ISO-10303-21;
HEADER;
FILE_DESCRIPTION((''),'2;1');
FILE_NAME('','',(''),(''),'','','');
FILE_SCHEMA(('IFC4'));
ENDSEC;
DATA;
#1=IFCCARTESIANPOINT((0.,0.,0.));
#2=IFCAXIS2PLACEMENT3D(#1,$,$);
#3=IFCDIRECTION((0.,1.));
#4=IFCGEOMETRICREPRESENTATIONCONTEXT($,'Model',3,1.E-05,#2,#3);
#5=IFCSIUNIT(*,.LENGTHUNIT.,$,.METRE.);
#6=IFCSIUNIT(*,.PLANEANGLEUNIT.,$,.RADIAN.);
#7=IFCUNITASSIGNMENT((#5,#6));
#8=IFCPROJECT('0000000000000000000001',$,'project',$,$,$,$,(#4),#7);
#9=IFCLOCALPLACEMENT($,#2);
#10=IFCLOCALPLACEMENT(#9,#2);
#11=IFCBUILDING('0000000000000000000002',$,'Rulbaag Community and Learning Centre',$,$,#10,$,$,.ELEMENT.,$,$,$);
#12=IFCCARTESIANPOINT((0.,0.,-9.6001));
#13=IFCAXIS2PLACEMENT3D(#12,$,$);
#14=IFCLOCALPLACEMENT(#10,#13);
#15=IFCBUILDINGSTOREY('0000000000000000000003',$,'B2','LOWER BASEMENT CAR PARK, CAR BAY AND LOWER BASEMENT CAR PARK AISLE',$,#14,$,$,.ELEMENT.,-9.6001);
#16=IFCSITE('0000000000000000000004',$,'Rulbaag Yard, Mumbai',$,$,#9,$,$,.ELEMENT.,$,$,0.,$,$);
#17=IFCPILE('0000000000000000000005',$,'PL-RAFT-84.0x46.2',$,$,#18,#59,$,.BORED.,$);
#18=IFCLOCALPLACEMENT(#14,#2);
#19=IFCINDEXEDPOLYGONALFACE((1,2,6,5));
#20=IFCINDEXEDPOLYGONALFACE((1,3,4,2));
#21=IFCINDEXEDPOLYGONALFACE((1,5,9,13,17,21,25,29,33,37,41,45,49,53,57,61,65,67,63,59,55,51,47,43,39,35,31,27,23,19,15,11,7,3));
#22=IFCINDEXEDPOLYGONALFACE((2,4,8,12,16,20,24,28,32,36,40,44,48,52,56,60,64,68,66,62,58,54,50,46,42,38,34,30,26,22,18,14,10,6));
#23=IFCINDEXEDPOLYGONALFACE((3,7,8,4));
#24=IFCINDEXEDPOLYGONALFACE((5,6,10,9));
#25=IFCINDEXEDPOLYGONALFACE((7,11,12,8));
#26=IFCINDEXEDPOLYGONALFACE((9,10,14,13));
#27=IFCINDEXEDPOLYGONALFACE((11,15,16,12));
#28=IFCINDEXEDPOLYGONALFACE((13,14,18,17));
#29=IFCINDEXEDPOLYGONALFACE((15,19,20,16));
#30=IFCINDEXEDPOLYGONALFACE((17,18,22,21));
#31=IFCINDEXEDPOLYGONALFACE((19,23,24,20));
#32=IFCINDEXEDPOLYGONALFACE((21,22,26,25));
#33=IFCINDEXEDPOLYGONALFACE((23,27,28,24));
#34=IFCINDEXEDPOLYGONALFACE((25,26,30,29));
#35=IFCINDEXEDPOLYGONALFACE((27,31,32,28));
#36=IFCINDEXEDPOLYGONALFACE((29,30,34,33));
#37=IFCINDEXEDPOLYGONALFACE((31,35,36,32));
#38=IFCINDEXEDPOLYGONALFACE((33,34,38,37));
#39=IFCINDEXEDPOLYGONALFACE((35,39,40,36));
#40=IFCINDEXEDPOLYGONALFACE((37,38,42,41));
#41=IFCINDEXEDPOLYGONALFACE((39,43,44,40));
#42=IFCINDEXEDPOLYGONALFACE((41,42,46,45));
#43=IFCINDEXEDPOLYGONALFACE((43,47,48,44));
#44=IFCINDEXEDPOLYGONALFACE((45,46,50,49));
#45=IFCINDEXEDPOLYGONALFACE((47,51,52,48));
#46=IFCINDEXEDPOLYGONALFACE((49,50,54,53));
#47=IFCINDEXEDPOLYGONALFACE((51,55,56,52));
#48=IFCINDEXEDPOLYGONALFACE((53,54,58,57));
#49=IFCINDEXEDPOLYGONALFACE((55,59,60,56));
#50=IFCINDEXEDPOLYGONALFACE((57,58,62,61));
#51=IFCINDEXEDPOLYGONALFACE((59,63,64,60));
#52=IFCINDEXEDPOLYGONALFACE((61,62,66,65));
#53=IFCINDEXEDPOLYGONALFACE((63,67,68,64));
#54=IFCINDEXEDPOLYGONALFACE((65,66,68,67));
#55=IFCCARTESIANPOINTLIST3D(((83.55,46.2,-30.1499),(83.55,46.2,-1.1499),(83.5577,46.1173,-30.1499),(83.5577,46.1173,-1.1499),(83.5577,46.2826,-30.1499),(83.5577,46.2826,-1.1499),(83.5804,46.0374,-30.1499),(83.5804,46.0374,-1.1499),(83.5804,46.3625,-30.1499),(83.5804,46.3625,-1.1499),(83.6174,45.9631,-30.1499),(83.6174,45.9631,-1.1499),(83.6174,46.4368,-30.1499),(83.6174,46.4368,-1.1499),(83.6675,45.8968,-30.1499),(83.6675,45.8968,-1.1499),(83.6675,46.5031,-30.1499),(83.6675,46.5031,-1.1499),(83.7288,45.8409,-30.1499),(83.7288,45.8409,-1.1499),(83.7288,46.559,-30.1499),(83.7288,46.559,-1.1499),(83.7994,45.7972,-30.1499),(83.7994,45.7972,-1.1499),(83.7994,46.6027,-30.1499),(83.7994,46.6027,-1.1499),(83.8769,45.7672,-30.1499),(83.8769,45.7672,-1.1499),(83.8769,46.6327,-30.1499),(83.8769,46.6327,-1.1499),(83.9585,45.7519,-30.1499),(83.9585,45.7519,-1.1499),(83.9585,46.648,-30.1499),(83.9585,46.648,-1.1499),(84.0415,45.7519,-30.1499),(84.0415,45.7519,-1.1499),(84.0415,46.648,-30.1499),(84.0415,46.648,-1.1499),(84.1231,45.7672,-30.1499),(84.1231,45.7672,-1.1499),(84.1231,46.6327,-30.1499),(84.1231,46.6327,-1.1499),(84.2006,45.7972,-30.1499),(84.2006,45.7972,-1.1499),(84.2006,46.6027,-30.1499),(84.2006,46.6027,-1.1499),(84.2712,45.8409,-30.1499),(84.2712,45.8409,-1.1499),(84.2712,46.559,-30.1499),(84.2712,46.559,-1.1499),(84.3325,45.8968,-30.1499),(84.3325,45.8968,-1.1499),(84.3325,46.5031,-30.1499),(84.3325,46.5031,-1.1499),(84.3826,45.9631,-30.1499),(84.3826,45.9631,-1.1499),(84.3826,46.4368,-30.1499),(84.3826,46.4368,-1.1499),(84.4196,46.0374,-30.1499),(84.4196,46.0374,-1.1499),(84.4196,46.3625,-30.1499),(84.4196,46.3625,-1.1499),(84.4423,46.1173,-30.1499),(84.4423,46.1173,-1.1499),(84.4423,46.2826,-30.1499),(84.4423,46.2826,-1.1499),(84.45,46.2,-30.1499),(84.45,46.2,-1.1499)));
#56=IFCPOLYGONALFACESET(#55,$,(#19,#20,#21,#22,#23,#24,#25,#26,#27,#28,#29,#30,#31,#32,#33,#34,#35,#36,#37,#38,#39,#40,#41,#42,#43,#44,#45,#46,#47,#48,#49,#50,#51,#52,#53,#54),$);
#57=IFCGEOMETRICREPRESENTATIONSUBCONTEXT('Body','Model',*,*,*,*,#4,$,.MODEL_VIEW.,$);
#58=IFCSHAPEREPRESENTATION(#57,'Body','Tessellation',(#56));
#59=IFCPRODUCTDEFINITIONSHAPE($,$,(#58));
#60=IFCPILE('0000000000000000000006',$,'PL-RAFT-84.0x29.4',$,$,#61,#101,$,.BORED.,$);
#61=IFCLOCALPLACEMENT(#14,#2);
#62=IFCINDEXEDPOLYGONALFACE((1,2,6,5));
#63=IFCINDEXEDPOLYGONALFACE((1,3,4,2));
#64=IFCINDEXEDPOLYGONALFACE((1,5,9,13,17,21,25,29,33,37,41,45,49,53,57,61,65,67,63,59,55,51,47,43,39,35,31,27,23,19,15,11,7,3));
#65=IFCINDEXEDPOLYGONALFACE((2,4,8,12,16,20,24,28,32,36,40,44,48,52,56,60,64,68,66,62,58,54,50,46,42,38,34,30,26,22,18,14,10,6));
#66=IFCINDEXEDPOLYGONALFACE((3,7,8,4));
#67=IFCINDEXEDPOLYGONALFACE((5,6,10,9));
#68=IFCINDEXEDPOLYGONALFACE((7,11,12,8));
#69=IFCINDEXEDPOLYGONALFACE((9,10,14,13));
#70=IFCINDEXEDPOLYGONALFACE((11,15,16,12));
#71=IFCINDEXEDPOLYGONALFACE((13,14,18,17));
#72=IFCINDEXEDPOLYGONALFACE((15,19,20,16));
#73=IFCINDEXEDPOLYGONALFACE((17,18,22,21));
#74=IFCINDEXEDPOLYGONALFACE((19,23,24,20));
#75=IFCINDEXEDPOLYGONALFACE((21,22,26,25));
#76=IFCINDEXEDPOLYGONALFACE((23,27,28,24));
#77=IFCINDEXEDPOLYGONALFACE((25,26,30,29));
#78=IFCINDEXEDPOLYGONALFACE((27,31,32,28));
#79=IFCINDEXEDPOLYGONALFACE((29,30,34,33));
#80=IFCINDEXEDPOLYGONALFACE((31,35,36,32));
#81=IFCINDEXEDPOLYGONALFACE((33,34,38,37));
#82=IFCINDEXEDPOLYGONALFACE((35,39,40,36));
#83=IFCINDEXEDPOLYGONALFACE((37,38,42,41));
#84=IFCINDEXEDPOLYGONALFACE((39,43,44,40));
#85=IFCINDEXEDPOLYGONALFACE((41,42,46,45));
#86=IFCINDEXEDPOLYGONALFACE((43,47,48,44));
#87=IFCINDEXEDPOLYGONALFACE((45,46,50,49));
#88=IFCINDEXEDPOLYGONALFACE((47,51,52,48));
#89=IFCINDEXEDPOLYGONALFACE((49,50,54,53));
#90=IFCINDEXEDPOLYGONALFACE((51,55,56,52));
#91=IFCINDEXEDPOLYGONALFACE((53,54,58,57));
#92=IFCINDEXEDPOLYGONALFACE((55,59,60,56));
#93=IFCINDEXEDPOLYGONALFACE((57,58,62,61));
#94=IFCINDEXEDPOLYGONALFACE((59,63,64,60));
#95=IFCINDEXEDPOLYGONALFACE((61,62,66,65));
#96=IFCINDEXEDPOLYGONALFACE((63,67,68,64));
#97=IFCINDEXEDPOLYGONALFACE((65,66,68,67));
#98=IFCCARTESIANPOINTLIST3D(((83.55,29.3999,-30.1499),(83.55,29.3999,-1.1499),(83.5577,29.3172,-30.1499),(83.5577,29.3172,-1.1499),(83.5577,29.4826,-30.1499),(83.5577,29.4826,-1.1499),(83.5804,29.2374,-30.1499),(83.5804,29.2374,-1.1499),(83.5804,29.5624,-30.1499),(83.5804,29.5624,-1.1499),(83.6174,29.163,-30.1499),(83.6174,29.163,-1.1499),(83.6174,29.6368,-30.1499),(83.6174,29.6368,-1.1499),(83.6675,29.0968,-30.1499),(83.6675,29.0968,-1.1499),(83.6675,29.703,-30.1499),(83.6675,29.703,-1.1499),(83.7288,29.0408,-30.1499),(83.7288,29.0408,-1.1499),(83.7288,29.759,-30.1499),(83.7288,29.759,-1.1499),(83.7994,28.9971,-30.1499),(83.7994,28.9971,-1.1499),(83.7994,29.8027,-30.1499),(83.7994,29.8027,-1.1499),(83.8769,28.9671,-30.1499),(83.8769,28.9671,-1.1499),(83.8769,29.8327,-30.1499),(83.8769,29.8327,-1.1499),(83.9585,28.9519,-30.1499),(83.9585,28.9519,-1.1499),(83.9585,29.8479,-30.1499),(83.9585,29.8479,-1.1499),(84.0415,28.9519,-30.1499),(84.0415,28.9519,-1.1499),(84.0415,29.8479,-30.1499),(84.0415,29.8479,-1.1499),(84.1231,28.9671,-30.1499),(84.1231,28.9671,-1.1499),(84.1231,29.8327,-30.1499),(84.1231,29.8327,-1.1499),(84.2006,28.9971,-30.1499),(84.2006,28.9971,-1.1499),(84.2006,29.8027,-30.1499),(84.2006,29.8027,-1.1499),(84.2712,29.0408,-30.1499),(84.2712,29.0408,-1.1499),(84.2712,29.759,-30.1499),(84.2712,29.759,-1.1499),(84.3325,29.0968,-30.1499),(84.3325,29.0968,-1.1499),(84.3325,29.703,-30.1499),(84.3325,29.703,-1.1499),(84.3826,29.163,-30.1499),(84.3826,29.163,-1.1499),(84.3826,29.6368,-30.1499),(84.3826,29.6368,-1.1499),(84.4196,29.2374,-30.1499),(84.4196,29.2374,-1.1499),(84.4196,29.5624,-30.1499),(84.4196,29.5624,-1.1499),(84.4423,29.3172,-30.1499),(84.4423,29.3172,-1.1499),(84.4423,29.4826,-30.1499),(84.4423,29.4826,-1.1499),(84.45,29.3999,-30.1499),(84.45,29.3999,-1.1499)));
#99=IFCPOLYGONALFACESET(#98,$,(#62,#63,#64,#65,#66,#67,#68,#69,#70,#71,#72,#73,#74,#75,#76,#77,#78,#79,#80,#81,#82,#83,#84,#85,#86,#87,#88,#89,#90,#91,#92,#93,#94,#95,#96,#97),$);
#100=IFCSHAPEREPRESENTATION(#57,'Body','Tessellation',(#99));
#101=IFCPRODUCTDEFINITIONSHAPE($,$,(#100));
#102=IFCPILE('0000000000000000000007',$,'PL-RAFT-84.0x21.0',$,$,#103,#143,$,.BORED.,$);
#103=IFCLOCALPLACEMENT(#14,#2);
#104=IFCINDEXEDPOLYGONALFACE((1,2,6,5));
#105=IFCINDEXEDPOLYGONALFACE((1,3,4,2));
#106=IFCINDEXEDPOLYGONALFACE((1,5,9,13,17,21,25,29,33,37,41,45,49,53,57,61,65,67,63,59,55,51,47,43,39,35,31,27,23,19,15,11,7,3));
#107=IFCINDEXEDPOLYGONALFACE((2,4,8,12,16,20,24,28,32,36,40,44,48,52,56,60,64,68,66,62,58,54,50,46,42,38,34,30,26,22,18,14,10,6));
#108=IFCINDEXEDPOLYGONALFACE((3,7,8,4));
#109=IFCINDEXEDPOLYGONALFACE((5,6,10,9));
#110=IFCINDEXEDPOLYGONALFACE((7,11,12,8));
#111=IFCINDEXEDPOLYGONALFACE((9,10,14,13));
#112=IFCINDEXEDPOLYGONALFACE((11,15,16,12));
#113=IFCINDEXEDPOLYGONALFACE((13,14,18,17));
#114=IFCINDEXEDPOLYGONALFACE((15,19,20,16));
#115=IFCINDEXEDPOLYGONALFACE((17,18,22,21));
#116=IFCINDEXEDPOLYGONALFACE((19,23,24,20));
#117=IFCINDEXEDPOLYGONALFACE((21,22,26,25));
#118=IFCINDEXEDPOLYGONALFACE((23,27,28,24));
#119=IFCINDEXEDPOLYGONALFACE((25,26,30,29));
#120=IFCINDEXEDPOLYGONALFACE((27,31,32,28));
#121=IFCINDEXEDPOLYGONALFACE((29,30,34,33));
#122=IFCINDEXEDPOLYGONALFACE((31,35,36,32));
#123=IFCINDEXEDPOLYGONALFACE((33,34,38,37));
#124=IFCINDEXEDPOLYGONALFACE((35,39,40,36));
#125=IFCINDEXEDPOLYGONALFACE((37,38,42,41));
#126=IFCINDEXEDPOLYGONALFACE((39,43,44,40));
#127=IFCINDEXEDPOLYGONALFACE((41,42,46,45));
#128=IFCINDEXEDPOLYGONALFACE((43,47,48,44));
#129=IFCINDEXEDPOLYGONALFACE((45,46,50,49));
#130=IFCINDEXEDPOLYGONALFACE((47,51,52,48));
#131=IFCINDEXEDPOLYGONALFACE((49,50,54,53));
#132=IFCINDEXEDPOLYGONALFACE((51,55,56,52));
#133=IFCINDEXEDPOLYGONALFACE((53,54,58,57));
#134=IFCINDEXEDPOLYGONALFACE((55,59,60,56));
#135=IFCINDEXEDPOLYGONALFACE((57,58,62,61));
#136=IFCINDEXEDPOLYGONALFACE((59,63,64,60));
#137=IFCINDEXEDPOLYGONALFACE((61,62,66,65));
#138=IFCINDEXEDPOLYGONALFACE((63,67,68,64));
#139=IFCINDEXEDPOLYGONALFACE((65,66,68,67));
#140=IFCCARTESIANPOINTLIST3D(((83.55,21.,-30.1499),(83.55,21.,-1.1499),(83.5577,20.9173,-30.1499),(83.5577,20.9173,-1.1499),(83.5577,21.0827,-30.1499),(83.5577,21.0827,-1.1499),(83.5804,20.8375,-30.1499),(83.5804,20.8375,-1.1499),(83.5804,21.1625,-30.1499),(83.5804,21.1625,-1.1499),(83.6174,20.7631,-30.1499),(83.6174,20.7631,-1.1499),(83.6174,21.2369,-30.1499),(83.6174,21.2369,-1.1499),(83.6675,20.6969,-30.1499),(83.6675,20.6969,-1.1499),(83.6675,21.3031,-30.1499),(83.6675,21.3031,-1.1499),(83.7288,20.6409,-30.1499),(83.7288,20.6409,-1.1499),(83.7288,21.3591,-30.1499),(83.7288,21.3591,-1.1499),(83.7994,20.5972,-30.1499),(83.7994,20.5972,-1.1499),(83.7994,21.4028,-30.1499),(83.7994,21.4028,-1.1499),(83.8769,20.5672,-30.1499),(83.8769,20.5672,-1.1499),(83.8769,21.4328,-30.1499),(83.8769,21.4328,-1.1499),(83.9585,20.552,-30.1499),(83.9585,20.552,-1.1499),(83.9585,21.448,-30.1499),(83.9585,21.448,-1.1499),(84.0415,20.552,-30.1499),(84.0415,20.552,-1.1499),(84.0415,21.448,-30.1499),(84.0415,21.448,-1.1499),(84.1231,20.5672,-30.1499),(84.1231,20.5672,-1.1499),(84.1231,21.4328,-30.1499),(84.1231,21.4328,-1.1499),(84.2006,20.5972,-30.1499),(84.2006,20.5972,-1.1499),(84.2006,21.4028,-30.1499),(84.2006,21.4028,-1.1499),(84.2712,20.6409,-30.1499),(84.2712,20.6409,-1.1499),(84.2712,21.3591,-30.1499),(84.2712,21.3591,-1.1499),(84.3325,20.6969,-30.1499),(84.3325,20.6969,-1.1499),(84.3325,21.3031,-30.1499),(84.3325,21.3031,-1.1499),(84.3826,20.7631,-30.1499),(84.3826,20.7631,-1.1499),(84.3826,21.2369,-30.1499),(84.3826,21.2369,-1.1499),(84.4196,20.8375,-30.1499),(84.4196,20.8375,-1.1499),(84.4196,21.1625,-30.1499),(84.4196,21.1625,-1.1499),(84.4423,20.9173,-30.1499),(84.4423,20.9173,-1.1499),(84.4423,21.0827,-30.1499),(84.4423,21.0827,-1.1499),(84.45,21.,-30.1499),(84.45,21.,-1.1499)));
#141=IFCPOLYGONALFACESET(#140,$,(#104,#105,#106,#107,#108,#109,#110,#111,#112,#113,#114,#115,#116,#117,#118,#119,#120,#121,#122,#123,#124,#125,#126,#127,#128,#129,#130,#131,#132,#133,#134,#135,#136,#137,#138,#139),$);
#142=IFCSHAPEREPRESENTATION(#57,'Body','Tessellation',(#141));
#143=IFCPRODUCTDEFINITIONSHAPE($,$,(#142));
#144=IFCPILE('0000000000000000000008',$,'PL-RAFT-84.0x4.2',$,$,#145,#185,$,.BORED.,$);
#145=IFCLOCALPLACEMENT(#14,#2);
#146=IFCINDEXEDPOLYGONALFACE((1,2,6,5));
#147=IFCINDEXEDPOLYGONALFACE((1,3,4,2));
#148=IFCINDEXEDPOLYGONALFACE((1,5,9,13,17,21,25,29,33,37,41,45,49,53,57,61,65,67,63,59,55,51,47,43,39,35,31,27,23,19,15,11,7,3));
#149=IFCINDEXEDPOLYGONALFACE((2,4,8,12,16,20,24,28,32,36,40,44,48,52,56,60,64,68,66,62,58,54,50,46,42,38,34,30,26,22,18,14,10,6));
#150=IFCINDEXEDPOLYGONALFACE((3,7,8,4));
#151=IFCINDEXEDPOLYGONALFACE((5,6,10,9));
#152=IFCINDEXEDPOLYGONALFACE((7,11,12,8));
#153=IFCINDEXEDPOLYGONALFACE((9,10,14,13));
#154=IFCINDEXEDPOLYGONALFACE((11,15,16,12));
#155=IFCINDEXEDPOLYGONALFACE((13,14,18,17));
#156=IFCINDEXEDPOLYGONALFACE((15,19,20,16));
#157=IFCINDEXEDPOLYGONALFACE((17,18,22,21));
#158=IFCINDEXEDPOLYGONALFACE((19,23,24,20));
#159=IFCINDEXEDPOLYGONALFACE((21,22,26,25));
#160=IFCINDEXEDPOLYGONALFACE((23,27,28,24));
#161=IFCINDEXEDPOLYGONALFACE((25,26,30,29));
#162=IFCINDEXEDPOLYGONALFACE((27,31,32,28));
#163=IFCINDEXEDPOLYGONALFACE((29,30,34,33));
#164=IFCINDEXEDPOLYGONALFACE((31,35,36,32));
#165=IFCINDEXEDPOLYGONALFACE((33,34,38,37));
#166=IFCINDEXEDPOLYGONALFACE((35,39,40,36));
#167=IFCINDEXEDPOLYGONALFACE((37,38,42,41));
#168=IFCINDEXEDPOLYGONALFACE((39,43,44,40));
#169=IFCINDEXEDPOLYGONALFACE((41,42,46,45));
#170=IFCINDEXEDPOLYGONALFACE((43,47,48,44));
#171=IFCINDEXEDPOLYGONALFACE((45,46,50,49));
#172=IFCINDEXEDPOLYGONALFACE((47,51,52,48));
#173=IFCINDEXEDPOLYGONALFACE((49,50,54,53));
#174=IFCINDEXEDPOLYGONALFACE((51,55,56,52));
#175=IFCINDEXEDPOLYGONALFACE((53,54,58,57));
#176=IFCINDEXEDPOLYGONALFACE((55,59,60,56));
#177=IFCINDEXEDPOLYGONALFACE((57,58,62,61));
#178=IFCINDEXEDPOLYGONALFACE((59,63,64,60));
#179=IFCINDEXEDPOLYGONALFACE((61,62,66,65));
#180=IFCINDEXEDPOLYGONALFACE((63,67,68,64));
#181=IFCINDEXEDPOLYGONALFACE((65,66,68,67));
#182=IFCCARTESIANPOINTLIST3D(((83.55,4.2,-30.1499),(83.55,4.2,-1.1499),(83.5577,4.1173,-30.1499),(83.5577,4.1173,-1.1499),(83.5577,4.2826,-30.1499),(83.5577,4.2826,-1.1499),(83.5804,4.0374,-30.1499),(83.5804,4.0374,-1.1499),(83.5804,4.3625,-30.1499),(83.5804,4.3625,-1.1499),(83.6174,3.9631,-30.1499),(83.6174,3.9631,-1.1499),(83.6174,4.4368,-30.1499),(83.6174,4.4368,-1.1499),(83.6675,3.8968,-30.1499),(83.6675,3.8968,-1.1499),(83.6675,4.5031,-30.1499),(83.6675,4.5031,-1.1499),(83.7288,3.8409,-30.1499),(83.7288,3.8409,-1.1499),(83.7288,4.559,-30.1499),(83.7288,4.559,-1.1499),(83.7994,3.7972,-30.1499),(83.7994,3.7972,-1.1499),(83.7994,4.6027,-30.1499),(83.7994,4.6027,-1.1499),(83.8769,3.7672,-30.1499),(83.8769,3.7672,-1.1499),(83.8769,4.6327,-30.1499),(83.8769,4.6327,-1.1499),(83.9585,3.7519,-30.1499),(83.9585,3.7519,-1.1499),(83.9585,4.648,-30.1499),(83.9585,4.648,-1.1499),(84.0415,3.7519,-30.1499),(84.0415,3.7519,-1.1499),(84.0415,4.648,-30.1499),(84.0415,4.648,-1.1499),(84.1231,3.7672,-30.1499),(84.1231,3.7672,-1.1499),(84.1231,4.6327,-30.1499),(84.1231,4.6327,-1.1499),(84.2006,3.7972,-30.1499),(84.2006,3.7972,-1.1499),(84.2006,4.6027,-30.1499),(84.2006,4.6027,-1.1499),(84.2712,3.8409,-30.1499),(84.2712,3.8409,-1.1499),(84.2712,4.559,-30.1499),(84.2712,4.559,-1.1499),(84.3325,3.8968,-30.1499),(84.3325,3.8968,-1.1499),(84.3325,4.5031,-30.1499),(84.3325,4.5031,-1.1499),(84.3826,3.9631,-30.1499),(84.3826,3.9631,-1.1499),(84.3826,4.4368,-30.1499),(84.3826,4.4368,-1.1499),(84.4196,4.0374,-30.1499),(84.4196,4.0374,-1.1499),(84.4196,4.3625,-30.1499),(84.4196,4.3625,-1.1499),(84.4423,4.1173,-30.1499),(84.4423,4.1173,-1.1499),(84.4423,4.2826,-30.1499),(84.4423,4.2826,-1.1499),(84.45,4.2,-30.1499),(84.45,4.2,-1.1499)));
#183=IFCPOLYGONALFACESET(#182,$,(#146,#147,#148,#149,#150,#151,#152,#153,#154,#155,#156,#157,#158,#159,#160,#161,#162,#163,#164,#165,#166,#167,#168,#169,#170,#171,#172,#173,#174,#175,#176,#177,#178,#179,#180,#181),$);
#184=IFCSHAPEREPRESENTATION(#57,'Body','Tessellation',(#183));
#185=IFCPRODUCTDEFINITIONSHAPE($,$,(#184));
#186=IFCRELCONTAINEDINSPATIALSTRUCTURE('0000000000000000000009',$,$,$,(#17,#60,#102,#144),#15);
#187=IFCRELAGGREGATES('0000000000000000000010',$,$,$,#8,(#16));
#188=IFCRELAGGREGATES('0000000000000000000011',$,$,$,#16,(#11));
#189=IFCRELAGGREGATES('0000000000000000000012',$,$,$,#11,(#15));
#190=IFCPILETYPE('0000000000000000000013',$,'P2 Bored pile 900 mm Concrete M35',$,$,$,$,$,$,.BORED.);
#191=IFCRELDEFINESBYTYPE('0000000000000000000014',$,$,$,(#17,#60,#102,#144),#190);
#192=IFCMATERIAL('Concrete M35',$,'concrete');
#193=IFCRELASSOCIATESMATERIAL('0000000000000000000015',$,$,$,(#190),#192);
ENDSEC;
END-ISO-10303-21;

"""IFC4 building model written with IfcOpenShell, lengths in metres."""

from ifc_helpers import new_model, si_unit, direction, frame, origin, origin_2d, place, context, subcontext, project, spatial, circle, extrude, material, material_profile, profile_set, type_object, element, save


model = new_model("IFC4")

# Units and contexts
model_context = context("Model", 3, precision=1e-05, world=origin(), true_north=direction((0.0, 1.0)))
body_context = subcontext(model_context, "Body", "Model", "MODEL_VIEW")
ifc_project = project(units=[si_unit("LENGTHUNIT", "METRE"), si_unit("PLANEANGLEUNIT", "RADIAN")], contexts=[model_context])

# Site, building, storey
site_placement = place(None, origin())
site = spatial("IfcSite", under=ifc_project, at=site_placement, Name="Rulbaag Yard, Mumbai", CompositionType="ELEMENT", RefElevation=0.0)
building_placement = place(site_placement, origin())
building = spatial("IfcBuilding", under=site, at=building_placement, Name="Rulbaag Community and Learning Centre", CompositionType="ELEMENT")
storey_placement = place(building_placement, frame((0.0, 0.0, -9.6001)))
storey = spatial("IfcBuildingStorey", under=building, at=storey_placement, Name="B2", Description="LOWER BASEMENT CAR PARK, CAR BAY AND LOWER BASEMENT CAR PARK AISLE", CompositionType="ELEMENT", Elevation=-9.6001)

# Piles
ifc_material_1 = material(Name="Concrete M35", Category="concrete")
ifc_material_profile_1 = material_profile(ifc_material_1, circle(Radius=0.45, at=origin_2d()), Name="BP900")
ifc_profile_set_1 = profile_set([ifc_material_profile_1], Name="Concrete M35")
pile_type_1 = type_object("IfcPileType", Name="P2 Bored pile 900 mm Concrete M35", PredefinedType="BORED", material=ifc_profile_set_1)
for number, where, z_axis, x_axis, name in (
    (1, (84.0, 46.2, -1.1499), (0.0, 0.0, -1.0), (1.0, 0.0, 0.0), "PL-RAFT-84.0x46.2"),
    (2, (84.0, 29.3999, -1.1499), (0.0, 0.0, -1.0), (1.0, 0.0, 0.0), "PL-RAFT-84.0x29.4"),
    (3, (84.0, 21.0, -1.1499), (0.0, 0.0, -1.0), (1.0, 0.0, 0.0), "PL-RAFT-84.0x21.0"),
    (4, (84.0, 4.2, -1.1499), (0.0, 0.0, -1.0), (1.0, 0.0, 0.0), "PL-RAFT-84.0x4.2"),
):
    element("IfcPile", number, at=place(storey_placement, frame(where, z_axis=z_axis, x_axis=x_axis)), inside=storey, type_object=pile_type_1, Name=name, PredefinedType="BORED", context=body_context, shape_type="SweptSolid", body=[
        extrude(circle(Radius=0.45, at=origin_2d()), origin(), (0.0, 0.0, 1.0), 29.0),
    ])

save(model, "model.ifc")
